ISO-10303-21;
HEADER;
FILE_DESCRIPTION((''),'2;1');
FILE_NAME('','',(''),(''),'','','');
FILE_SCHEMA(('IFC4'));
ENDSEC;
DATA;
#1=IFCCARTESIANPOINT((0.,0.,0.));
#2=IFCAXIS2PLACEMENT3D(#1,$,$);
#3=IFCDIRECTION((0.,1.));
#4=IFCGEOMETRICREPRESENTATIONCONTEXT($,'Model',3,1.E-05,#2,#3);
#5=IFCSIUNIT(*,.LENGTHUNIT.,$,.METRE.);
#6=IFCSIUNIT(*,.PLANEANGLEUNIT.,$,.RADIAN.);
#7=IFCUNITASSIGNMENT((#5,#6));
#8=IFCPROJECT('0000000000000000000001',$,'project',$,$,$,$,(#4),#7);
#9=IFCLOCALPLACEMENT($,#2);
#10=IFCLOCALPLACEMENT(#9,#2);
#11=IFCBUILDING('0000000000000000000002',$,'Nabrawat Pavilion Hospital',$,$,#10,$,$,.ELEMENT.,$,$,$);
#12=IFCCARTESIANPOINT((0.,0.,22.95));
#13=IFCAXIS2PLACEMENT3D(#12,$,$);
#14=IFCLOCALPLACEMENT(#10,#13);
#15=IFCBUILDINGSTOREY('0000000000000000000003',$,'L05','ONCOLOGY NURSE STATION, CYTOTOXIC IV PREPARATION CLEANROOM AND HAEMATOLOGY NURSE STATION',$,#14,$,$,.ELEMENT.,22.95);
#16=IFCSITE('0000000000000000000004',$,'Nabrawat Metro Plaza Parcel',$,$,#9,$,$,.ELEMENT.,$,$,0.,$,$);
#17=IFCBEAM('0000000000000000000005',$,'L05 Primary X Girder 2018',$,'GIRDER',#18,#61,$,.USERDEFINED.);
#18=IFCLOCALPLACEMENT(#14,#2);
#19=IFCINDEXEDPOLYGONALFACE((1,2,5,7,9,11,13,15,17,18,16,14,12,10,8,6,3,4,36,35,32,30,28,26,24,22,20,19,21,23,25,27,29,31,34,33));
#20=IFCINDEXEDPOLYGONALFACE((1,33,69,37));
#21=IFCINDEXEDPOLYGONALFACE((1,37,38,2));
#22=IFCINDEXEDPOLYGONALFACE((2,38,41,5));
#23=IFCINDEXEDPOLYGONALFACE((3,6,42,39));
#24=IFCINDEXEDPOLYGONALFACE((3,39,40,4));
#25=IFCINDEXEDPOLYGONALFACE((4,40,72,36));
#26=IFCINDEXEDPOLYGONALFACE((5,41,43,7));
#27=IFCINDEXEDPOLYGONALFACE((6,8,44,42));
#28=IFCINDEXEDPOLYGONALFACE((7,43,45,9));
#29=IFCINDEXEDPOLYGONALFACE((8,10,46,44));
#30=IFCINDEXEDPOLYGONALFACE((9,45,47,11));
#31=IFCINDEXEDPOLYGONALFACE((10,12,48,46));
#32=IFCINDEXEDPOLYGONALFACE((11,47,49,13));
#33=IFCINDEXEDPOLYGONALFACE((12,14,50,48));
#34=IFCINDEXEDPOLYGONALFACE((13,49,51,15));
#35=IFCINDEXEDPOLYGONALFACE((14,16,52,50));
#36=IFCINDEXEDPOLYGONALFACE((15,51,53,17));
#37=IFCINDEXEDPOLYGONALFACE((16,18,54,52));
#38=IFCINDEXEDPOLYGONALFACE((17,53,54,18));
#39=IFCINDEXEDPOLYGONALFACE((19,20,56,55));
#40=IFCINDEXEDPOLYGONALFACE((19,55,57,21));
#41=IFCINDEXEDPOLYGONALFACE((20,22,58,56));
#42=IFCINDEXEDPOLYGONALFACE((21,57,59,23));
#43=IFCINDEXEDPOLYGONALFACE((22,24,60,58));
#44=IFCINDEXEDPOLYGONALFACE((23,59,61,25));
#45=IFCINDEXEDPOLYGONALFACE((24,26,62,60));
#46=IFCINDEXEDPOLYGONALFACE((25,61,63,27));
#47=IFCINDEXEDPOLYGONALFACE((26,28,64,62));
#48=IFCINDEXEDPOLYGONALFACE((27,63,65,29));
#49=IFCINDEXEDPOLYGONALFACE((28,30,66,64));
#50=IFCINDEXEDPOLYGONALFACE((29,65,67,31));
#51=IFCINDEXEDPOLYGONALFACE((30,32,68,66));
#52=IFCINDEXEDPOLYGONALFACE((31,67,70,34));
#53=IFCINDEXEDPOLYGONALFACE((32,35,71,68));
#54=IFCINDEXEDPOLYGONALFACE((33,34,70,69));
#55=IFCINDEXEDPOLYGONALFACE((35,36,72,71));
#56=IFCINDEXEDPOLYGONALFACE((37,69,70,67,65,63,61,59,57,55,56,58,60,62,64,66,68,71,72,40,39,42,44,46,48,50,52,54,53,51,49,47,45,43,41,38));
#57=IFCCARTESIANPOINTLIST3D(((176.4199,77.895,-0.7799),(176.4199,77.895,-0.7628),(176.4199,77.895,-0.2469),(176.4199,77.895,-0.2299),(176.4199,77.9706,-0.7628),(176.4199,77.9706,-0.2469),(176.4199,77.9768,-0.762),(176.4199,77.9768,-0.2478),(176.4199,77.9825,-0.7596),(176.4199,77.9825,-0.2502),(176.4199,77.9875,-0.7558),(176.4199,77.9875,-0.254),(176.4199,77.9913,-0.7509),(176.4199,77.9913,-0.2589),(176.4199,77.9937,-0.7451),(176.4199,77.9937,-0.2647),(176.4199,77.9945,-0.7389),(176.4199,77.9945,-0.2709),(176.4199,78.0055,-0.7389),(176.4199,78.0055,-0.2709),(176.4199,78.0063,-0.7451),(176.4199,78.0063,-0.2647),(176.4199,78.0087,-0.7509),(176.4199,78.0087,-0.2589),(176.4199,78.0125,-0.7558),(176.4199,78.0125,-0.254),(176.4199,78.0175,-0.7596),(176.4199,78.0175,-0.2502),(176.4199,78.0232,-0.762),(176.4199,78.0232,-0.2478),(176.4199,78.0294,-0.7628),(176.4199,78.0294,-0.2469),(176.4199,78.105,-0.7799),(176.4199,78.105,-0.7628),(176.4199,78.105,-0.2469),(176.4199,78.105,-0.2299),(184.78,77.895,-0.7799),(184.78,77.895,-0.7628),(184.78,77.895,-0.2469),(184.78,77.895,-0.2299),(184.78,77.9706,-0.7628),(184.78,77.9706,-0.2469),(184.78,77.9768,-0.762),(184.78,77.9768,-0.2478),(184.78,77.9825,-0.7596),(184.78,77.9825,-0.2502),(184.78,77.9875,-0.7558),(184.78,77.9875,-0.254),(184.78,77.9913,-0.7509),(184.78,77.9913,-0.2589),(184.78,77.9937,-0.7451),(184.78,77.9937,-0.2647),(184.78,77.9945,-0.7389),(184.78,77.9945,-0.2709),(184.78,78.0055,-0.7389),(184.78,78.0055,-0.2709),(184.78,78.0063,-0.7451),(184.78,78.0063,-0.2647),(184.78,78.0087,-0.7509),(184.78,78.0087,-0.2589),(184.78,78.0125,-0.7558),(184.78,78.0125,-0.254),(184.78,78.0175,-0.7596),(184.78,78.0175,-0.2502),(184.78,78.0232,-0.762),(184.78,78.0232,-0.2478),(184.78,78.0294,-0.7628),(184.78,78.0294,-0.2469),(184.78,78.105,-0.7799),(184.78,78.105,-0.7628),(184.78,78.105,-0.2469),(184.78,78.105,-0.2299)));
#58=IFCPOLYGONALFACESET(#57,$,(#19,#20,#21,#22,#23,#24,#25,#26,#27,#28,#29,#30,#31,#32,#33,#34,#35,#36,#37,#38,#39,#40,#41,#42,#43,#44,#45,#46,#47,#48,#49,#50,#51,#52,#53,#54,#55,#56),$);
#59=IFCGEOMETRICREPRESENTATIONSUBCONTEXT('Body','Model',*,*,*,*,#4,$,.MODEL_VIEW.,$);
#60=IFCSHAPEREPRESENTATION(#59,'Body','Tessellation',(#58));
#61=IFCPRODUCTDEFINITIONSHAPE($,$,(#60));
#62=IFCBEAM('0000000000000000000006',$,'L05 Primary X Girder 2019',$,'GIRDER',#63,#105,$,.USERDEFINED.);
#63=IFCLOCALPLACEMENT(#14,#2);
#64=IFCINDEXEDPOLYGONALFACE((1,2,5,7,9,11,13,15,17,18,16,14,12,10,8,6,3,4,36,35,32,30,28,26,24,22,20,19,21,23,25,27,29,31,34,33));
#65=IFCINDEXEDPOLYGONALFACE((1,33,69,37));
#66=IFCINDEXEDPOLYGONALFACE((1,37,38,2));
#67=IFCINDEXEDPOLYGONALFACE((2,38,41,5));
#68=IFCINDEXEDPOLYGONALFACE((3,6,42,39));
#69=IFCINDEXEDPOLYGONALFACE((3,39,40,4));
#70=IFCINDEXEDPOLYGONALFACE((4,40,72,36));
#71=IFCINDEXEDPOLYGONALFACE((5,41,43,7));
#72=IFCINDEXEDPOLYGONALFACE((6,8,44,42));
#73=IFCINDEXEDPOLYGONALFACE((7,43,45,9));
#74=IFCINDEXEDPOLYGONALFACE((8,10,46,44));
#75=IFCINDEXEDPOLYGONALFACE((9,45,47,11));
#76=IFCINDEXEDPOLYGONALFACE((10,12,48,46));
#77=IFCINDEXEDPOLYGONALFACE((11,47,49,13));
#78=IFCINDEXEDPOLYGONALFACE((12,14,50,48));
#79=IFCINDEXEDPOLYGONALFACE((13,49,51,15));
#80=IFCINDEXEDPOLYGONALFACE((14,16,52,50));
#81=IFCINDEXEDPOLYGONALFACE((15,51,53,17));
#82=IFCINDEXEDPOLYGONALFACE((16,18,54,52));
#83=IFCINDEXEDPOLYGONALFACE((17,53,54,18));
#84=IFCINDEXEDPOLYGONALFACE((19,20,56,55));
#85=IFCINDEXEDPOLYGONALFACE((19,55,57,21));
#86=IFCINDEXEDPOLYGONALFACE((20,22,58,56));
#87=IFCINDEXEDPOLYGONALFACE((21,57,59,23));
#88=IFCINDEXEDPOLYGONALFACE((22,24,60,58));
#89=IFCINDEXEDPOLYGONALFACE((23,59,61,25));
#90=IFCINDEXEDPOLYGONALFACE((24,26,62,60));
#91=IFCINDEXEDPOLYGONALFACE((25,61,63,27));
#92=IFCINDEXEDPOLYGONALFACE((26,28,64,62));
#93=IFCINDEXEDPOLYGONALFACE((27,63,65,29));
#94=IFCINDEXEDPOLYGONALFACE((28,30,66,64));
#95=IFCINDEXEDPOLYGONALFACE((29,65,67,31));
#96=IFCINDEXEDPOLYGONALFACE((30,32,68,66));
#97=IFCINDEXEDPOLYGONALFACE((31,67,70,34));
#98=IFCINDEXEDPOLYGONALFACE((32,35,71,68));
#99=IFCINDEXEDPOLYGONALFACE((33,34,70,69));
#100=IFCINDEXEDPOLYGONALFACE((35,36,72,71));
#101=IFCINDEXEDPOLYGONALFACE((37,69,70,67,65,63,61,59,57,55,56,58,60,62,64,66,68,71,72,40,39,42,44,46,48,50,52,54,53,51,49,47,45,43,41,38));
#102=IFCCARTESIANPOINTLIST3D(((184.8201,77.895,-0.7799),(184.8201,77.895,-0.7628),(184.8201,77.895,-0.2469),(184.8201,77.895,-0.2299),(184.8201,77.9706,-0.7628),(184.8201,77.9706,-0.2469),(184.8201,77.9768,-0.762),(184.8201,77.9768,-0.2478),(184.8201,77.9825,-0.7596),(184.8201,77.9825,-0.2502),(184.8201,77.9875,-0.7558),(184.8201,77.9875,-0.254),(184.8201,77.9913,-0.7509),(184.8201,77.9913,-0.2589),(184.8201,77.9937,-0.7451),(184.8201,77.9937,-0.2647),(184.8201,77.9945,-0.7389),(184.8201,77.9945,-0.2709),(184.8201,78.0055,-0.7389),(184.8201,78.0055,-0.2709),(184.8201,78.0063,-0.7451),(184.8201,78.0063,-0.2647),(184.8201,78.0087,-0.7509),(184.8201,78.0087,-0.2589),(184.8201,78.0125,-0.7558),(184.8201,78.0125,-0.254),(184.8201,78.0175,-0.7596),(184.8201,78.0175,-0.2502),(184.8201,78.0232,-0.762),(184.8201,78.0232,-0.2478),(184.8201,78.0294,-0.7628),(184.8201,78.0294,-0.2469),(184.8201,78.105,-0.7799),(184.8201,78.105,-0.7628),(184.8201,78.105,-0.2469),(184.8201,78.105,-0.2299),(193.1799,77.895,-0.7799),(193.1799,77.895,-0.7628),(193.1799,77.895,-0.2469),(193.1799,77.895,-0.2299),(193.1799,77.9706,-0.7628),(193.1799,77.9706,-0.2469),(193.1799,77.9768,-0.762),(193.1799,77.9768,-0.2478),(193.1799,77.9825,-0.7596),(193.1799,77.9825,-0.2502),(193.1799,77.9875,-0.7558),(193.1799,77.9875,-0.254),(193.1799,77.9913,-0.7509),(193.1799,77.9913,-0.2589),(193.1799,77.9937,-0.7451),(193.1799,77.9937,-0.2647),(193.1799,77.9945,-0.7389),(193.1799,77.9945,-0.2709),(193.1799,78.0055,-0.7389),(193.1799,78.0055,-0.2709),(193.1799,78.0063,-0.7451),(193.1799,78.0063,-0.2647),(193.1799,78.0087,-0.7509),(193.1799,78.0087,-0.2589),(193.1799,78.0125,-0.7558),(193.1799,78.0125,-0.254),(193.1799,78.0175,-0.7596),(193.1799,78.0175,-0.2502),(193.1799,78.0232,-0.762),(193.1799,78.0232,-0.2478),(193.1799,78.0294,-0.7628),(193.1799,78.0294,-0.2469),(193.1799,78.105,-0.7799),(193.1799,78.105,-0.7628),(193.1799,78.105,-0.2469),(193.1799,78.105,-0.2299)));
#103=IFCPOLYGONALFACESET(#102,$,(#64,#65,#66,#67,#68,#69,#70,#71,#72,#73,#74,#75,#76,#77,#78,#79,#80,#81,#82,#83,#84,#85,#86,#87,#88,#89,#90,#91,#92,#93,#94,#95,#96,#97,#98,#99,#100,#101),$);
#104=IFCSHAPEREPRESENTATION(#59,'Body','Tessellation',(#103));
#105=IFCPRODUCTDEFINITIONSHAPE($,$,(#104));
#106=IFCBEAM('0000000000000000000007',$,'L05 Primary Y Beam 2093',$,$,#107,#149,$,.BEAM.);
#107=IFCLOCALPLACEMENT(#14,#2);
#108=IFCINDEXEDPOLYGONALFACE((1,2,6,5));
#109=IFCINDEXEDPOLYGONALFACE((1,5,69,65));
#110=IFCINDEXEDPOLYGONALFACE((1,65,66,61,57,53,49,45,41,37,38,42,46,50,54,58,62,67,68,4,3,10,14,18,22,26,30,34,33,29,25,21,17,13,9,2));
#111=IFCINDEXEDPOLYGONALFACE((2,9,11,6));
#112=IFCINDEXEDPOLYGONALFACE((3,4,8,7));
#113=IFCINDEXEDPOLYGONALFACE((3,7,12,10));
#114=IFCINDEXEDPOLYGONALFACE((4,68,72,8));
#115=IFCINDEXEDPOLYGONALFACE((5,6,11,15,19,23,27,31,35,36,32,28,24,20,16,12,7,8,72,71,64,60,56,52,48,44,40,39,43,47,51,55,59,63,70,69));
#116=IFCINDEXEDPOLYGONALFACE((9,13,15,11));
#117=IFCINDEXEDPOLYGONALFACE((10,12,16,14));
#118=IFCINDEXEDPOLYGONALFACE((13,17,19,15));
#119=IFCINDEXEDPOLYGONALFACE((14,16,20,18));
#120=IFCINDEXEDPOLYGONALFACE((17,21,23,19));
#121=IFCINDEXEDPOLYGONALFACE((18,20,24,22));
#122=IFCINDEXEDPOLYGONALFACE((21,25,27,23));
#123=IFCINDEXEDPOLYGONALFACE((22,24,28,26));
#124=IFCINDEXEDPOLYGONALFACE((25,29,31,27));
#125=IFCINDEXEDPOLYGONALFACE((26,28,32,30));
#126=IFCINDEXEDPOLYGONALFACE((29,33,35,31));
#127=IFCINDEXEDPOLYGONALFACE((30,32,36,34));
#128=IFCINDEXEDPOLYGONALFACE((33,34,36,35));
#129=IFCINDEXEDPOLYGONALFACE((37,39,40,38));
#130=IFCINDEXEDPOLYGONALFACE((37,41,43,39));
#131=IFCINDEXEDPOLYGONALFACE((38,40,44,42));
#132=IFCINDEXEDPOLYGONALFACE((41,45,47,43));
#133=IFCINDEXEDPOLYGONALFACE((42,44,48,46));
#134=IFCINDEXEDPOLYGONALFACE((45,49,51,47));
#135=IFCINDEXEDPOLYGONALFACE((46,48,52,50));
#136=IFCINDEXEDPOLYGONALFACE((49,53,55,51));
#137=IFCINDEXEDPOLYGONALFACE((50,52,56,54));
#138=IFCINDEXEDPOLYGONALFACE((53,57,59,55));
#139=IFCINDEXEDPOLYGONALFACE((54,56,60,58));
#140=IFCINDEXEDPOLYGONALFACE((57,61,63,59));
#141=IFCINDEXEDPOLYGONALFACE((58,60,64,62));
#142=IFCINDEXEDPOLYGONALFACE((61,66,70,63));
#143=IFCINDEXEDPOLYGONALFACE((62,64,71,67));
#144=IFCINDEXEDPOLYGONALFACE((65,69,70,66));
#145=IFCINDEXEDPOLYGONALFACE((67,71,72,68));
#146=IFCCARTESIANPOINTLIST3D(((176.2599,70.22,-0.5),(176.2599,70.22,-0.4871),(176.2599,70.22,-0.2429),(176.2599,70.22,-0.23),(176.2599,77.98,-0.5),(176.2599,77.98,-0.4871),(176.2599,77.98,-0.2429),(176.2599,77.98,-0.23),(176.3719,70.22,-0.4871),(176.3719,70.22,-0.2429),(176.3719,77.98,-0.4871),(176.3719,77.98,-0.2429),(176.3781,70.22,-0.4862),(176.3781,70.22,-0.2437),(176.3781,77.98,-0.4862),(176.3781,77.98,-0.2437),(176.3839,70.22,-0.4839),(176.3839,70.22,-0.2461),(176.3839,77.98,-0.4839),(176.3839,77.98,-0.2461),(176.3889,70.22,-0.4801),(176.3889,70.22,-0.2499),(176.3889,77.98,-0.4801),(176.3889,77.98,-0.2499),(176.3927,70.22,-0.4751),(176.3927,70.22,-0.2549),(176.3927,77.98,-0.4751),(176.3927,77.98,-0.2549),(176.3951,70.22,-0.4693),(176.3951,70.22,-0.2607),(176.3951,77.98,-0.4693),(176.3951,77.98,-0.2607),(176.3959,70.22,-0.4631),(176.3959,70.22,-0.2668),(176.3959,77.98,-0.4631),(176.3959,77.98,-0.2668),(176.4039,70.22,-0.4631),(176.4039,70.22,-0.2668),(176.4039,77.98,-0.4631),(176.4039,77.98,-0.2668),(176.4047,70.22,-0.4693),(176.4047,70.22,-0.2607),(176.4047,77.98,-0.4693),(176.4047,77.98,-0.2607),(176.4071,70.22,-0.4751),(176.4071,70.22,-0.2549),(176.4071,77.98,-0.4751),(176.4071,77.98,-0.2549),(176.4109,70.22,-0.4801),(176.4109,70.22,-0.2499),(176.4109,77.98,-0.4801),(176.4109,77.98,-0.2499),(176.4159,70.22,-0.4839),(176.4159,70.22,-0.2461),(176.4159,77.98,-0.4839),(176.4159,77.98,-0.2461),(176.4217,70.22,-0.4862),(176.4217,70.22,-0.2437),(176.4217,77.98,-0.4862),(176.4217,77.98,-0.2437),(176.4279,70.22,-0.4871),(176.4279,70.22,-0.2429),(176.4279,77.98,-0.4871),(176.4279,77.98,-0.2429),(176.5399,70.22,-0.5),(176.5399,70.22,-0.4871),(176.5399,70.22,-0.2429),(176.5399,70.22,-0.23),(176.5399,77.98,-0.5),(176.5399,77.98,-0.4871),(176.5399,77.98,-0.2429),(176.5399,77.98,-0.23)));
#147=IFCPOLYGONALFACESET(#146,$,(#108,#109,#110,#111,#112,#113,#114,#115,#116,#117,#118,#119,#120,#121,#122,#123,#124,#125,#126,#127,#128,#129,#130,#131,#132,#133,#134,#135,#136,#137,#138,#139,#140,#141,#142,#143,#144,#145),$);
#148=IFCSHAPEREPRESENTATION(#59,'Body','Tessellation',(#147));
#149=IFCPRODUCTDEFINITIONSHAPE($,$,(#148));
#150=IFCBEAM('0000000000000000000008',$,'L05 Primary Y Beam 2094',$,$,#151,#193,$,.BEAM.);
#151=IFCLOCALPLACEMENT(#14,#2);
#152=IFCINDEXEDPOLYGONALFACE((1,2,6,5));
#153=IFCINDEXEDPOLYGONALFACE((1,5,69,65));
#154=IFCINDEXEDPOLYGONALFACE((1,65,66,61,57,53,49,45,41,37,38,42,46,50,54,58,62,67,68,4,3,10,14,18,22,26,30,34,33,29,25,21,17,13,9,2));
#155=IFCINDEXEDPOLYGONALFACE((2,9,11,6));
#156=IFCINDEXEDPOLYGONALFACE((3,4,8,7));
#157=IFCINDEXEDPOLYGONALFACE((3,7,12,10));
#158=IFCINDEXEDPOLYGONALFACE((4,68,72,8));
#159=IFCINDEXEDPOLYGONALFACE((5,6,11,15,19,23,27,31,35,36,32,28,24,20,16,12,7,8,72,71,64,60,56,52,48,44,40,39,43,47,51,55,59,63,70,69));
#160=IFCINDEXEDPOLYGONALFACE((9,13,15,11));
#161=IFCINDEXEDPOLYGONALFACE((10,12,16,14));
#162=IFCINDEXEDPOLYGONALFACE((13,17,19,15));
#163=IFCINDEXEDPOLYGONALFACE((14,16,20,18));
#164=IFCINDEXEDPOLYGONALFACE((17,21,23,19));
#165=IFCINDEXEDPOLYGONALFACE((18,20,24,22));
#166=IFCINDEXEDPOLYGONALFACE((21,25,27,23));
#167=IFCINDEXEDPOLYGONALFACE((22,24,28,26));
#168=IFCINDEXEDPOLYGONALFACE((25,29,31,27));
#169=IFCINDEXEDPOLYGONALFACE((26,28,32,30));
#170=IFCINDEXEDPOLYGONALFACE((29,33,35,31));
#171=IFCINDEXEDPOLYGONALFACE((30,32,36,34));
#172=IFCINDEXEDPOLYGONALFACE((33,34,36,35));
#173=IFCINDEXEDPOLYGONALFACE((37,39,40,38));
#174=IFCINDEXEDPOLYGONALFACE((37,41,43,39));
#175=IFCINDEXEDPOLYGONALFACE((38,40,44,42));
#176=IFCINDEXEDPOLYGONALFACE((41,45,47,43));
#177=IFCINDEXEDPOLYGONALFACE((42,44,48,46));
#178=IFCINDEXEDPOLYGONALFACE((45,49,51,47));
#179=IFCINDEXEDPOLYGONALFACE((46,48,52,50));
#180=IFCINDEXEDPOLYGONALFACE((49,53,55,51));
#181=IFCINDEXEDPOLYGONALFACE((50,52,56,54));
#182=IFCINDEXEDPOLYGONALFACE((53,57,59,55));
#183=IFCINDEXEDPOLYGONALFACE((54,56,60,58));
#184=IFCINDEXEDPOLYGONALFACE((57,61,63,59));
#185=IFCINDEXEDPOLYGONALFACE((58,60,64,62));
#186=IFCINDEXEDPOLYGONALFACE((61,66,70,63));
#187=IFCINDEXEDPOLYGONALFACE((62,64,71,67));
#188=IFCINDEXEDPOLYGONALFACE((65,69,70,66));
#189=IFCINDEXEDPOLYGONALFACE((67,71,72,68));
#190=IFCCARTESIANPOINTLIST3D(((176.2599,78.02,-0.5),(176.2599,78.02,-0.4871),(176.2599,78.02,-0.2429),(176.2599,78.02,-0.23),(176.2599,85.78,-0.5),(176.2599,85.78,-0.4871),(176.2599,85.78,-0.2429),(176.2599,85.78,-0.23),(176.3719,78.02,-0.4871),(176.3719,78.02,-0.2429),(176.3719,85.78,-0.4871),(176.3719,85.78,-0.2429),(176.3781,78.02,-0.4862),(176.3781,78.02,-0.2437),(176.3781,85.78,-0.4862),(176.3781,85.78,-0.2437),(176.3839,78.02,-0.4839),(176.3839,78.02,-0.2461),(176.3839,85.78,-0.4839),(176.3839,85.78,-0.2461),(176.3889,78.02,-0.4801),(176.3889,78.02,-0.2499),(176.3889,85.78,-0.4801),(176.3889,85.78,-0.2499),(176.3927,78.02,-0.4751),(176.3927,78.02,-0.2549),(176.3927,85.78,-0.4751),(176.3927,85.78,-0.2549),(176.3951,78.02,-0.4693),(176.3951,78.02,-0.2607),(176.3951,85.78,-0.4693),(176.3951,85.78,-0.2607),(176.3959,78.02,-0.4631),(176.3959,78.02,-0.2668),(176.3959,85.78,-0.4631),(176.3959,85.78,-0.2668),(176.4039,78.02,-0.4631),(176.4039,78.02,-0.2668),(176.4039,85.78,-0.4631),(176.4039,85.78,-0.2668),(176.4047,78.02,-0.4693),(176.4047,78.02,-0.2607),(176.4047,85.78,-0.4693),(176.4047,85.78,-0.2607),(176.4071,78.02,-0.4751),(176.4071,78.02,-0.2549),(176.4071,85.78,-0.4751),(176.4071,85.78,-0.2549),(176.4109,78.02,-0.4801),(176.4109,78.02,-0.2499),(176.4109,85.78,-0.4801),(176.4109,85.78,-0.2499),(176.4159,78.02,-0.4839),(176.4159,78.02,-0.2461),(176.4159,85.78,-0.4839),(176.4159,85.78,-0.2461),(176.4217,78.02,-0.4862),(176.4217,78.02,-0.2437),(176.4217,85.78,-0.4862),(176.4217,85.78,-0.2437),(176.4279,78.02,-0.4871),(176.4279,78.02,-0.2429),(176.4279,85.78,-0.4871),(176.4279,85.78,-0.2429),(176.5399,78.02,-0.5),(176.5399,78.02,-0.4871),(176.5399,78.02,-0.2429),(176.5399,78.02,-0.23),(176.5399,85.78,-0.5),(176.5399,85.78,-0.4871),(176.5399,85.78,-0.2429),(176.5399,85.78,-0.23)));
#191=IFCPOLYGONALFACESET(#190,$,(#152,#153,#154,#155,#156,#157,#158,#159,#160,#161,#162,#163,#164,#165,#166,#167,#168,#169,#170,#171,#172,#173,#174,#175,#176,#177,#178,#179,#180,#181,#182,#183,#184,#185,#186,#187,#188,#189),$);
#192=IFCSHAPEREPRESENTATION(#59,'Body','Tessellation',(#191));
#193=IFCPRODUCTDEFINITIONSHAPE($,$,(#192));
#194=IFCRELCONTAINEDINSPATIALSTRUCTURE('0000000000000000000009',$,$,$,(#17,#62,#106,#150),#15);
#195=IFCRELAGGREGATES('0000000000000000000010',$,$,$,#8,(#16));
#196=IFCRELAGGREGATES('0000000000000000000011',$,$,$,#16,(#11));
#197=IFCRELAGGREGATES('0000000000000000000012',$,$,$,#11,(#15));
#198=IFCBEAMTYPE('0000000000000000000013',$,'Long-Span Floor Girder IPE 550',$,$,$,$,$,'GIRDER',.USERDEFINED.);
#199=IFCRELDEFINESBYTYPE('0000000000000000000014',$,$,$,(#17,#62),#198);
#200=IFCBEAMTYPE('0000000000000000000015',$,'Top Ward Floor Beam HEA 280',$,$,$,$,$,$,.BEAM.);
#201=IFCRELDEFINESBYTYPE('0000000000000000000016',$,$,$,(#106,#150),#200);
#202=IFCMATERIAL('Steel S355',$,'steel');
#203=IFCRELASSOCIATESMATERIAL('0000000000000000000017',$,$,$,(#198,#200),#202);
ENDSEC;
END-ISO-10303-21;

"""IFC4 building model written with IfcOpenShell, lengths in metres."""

from ifc_helpers import new_model, si_unit, direction, frame, origin, origin_2d, place, context, subcontext, project, spatial, i_section, extrude, material, material_profile, profile_set, type_object, element, save


model = new_model("IFC4")

# Units and contexts
model_context = context("Model", 3, precision=1e-05, world=origin(), true_north=direction((0.0, 1.0)))
body_context = subcontext(model_context, "Body", "Model", "MODEL_VIEW")
ifc_project = project(units=[si_unit("LENGTHUNIT", "METRE"), si_unit("PLANEANGLEUNIT", "RADIAN")], contexts=[model_context])

# Site, building, storey
site_placement = place(None, origin())
site = spatial("IfcSite", under=ifc_project, at=site_placement, Name="Nabrawat Metro Plaza Parcel", CompositionType="ELEMENT", RefElevation=0.0)
building_placement = place(site_placement, origin())
building = spatial("IfcBuilding", under=site, at=building_placement, Name="Nabrawat Pavilion Hospital", CompositionType="ELEMENT")
storey_placement = place(building_placement, frame((0.0, 0.0, 22.95)))
storey = spatial("IfcBuildingStorey", under=building, at=storey_placement, Name="L05", Description="ONCOLOGY NURSE STATION, CYTOTOXIC IV PREPARATION CLEANROOM AND HAEMATOLOGY NURSE STATION", CompositionType="ELEMENT", Elevation=22.95)

# Shared definitions
ifc_material_1 = material(Name="Steel S355", Category="steel")

# Beams
ifc_material_profile_1 = material_profile(ifc_material_1, i_section(OverallWidth=0.21, OverallDepth=0.55, WebThickness=0.011, FlangeThickness=0.0171, FilletRadius=0.0239, at=origin_2d()), Name="IPE 550")
ifc_profile_set_1 = profile_set([ifc_material_profile_1], Name="Steel S355")
beam_type_1 = type_object("IfcBeamType", Name="Long-Span Floor Girder IPE 550", ElementType="GIRDER", PredefinedType="USERDEFINED", material=ifc_profile_set_1)
beam_1_placement = place(storey_placement, frame((176.4199, 78.0, -0.5049), z_axis=(1.0, 0.0, 0.0), x_axis=(0.0, 1.0, 0.0)))
element("IfcBeam", 1, at=beam_1_placement, inside=storey, type_object=beam_type_1, Name="L05 Primary X Girder 2018", ObjectType="GIRDER", PredefinedType="USERDEFINED", context=body_context, shape_type="SweptSolid", body=[
    extrude(i_section(OverallWidth=0.21, OverallDepth=0.55, WebThickness=0.011, FlangeThickness=0.0171, FilletRadius=0.0239, at=origin_2d()), origin(), (0.0, 0.0, 1.0), 8.3601),
])
beam_2_placement = place(storey_placement, frame((184.8201, 78.0, -0.5049), z_axis=(1.0, 0.0, 0.0), x_axis=(0.0, 1.0, 0.0)))
element("IfcBeam", 2, at=beam_2_placement, inside=storey, type_object=beam_type_1, Name="L05 Primary X Girder 2019", ObjectType="GIRDER", PredefinedType="USERDEFINED", context=body_context, shape_type="SweptSolid", body=[
    extrude(i_section(OverallWidth=0.21, OverallDepth=0.55, WebThickness=0.011, FlangeThickness=0.0171, FilletRadius=0.0239, at=origin_2d()), origin(), (0.0, 0.0, 1.0), 8.3599),
])
ifc_material_profile_2 = material_profile(ifc_material_1, i_section(OverallWidth=0.28, OverallDepth=0.27, WebThickness=0.0081, FlangeThickness=0.0129, FilletRadius=0.0239, at=origin_2d()), Name="HEA 280")
ifc_profile_set_2 = profile_set([ifc_material_profile_2], Name="Steel S355")
beam_type_2 = type_object("IfcBeamType", Name="Top Ward Floor Beam HEA 280", PredefinedType="BEAM", material=ifc_profile_set_2)
for number, where, z_axis, x_axis, name in (
    (3, (176.3999, 70.22, -0.365), (0.0, 1.0, 0.0), (-1.0, 0.0, 0.0), "L05 Primary Y Beam 2093"),
    (4, (176.3999, 78.02, -0.365), (0.0, 1.0, 0.0), (-1.0, 0.0, 0.0), "L05 Primary Y Beam 2094"),
):
    element("IfcBeam", number, at=place(storey_placement, frame(where, z_axis=z_axis, x_axis=x_axis)), inside=storey, type_object=beam_type_2, Name=name, PredefinedType="BEAM", context=body_context, shape_type="SweptSolid", body=[
        extrude(i_section(OverallWidth=0.28, OverallDepth=0.27, WebThickness=0.0081, FlangeThickness=0.0129, FilletRadius=0.0239, at=origin_2d()), origin(), (0.0, 0.0, 1.0), 7.76),
    ])

save(model, "model.ifc")
